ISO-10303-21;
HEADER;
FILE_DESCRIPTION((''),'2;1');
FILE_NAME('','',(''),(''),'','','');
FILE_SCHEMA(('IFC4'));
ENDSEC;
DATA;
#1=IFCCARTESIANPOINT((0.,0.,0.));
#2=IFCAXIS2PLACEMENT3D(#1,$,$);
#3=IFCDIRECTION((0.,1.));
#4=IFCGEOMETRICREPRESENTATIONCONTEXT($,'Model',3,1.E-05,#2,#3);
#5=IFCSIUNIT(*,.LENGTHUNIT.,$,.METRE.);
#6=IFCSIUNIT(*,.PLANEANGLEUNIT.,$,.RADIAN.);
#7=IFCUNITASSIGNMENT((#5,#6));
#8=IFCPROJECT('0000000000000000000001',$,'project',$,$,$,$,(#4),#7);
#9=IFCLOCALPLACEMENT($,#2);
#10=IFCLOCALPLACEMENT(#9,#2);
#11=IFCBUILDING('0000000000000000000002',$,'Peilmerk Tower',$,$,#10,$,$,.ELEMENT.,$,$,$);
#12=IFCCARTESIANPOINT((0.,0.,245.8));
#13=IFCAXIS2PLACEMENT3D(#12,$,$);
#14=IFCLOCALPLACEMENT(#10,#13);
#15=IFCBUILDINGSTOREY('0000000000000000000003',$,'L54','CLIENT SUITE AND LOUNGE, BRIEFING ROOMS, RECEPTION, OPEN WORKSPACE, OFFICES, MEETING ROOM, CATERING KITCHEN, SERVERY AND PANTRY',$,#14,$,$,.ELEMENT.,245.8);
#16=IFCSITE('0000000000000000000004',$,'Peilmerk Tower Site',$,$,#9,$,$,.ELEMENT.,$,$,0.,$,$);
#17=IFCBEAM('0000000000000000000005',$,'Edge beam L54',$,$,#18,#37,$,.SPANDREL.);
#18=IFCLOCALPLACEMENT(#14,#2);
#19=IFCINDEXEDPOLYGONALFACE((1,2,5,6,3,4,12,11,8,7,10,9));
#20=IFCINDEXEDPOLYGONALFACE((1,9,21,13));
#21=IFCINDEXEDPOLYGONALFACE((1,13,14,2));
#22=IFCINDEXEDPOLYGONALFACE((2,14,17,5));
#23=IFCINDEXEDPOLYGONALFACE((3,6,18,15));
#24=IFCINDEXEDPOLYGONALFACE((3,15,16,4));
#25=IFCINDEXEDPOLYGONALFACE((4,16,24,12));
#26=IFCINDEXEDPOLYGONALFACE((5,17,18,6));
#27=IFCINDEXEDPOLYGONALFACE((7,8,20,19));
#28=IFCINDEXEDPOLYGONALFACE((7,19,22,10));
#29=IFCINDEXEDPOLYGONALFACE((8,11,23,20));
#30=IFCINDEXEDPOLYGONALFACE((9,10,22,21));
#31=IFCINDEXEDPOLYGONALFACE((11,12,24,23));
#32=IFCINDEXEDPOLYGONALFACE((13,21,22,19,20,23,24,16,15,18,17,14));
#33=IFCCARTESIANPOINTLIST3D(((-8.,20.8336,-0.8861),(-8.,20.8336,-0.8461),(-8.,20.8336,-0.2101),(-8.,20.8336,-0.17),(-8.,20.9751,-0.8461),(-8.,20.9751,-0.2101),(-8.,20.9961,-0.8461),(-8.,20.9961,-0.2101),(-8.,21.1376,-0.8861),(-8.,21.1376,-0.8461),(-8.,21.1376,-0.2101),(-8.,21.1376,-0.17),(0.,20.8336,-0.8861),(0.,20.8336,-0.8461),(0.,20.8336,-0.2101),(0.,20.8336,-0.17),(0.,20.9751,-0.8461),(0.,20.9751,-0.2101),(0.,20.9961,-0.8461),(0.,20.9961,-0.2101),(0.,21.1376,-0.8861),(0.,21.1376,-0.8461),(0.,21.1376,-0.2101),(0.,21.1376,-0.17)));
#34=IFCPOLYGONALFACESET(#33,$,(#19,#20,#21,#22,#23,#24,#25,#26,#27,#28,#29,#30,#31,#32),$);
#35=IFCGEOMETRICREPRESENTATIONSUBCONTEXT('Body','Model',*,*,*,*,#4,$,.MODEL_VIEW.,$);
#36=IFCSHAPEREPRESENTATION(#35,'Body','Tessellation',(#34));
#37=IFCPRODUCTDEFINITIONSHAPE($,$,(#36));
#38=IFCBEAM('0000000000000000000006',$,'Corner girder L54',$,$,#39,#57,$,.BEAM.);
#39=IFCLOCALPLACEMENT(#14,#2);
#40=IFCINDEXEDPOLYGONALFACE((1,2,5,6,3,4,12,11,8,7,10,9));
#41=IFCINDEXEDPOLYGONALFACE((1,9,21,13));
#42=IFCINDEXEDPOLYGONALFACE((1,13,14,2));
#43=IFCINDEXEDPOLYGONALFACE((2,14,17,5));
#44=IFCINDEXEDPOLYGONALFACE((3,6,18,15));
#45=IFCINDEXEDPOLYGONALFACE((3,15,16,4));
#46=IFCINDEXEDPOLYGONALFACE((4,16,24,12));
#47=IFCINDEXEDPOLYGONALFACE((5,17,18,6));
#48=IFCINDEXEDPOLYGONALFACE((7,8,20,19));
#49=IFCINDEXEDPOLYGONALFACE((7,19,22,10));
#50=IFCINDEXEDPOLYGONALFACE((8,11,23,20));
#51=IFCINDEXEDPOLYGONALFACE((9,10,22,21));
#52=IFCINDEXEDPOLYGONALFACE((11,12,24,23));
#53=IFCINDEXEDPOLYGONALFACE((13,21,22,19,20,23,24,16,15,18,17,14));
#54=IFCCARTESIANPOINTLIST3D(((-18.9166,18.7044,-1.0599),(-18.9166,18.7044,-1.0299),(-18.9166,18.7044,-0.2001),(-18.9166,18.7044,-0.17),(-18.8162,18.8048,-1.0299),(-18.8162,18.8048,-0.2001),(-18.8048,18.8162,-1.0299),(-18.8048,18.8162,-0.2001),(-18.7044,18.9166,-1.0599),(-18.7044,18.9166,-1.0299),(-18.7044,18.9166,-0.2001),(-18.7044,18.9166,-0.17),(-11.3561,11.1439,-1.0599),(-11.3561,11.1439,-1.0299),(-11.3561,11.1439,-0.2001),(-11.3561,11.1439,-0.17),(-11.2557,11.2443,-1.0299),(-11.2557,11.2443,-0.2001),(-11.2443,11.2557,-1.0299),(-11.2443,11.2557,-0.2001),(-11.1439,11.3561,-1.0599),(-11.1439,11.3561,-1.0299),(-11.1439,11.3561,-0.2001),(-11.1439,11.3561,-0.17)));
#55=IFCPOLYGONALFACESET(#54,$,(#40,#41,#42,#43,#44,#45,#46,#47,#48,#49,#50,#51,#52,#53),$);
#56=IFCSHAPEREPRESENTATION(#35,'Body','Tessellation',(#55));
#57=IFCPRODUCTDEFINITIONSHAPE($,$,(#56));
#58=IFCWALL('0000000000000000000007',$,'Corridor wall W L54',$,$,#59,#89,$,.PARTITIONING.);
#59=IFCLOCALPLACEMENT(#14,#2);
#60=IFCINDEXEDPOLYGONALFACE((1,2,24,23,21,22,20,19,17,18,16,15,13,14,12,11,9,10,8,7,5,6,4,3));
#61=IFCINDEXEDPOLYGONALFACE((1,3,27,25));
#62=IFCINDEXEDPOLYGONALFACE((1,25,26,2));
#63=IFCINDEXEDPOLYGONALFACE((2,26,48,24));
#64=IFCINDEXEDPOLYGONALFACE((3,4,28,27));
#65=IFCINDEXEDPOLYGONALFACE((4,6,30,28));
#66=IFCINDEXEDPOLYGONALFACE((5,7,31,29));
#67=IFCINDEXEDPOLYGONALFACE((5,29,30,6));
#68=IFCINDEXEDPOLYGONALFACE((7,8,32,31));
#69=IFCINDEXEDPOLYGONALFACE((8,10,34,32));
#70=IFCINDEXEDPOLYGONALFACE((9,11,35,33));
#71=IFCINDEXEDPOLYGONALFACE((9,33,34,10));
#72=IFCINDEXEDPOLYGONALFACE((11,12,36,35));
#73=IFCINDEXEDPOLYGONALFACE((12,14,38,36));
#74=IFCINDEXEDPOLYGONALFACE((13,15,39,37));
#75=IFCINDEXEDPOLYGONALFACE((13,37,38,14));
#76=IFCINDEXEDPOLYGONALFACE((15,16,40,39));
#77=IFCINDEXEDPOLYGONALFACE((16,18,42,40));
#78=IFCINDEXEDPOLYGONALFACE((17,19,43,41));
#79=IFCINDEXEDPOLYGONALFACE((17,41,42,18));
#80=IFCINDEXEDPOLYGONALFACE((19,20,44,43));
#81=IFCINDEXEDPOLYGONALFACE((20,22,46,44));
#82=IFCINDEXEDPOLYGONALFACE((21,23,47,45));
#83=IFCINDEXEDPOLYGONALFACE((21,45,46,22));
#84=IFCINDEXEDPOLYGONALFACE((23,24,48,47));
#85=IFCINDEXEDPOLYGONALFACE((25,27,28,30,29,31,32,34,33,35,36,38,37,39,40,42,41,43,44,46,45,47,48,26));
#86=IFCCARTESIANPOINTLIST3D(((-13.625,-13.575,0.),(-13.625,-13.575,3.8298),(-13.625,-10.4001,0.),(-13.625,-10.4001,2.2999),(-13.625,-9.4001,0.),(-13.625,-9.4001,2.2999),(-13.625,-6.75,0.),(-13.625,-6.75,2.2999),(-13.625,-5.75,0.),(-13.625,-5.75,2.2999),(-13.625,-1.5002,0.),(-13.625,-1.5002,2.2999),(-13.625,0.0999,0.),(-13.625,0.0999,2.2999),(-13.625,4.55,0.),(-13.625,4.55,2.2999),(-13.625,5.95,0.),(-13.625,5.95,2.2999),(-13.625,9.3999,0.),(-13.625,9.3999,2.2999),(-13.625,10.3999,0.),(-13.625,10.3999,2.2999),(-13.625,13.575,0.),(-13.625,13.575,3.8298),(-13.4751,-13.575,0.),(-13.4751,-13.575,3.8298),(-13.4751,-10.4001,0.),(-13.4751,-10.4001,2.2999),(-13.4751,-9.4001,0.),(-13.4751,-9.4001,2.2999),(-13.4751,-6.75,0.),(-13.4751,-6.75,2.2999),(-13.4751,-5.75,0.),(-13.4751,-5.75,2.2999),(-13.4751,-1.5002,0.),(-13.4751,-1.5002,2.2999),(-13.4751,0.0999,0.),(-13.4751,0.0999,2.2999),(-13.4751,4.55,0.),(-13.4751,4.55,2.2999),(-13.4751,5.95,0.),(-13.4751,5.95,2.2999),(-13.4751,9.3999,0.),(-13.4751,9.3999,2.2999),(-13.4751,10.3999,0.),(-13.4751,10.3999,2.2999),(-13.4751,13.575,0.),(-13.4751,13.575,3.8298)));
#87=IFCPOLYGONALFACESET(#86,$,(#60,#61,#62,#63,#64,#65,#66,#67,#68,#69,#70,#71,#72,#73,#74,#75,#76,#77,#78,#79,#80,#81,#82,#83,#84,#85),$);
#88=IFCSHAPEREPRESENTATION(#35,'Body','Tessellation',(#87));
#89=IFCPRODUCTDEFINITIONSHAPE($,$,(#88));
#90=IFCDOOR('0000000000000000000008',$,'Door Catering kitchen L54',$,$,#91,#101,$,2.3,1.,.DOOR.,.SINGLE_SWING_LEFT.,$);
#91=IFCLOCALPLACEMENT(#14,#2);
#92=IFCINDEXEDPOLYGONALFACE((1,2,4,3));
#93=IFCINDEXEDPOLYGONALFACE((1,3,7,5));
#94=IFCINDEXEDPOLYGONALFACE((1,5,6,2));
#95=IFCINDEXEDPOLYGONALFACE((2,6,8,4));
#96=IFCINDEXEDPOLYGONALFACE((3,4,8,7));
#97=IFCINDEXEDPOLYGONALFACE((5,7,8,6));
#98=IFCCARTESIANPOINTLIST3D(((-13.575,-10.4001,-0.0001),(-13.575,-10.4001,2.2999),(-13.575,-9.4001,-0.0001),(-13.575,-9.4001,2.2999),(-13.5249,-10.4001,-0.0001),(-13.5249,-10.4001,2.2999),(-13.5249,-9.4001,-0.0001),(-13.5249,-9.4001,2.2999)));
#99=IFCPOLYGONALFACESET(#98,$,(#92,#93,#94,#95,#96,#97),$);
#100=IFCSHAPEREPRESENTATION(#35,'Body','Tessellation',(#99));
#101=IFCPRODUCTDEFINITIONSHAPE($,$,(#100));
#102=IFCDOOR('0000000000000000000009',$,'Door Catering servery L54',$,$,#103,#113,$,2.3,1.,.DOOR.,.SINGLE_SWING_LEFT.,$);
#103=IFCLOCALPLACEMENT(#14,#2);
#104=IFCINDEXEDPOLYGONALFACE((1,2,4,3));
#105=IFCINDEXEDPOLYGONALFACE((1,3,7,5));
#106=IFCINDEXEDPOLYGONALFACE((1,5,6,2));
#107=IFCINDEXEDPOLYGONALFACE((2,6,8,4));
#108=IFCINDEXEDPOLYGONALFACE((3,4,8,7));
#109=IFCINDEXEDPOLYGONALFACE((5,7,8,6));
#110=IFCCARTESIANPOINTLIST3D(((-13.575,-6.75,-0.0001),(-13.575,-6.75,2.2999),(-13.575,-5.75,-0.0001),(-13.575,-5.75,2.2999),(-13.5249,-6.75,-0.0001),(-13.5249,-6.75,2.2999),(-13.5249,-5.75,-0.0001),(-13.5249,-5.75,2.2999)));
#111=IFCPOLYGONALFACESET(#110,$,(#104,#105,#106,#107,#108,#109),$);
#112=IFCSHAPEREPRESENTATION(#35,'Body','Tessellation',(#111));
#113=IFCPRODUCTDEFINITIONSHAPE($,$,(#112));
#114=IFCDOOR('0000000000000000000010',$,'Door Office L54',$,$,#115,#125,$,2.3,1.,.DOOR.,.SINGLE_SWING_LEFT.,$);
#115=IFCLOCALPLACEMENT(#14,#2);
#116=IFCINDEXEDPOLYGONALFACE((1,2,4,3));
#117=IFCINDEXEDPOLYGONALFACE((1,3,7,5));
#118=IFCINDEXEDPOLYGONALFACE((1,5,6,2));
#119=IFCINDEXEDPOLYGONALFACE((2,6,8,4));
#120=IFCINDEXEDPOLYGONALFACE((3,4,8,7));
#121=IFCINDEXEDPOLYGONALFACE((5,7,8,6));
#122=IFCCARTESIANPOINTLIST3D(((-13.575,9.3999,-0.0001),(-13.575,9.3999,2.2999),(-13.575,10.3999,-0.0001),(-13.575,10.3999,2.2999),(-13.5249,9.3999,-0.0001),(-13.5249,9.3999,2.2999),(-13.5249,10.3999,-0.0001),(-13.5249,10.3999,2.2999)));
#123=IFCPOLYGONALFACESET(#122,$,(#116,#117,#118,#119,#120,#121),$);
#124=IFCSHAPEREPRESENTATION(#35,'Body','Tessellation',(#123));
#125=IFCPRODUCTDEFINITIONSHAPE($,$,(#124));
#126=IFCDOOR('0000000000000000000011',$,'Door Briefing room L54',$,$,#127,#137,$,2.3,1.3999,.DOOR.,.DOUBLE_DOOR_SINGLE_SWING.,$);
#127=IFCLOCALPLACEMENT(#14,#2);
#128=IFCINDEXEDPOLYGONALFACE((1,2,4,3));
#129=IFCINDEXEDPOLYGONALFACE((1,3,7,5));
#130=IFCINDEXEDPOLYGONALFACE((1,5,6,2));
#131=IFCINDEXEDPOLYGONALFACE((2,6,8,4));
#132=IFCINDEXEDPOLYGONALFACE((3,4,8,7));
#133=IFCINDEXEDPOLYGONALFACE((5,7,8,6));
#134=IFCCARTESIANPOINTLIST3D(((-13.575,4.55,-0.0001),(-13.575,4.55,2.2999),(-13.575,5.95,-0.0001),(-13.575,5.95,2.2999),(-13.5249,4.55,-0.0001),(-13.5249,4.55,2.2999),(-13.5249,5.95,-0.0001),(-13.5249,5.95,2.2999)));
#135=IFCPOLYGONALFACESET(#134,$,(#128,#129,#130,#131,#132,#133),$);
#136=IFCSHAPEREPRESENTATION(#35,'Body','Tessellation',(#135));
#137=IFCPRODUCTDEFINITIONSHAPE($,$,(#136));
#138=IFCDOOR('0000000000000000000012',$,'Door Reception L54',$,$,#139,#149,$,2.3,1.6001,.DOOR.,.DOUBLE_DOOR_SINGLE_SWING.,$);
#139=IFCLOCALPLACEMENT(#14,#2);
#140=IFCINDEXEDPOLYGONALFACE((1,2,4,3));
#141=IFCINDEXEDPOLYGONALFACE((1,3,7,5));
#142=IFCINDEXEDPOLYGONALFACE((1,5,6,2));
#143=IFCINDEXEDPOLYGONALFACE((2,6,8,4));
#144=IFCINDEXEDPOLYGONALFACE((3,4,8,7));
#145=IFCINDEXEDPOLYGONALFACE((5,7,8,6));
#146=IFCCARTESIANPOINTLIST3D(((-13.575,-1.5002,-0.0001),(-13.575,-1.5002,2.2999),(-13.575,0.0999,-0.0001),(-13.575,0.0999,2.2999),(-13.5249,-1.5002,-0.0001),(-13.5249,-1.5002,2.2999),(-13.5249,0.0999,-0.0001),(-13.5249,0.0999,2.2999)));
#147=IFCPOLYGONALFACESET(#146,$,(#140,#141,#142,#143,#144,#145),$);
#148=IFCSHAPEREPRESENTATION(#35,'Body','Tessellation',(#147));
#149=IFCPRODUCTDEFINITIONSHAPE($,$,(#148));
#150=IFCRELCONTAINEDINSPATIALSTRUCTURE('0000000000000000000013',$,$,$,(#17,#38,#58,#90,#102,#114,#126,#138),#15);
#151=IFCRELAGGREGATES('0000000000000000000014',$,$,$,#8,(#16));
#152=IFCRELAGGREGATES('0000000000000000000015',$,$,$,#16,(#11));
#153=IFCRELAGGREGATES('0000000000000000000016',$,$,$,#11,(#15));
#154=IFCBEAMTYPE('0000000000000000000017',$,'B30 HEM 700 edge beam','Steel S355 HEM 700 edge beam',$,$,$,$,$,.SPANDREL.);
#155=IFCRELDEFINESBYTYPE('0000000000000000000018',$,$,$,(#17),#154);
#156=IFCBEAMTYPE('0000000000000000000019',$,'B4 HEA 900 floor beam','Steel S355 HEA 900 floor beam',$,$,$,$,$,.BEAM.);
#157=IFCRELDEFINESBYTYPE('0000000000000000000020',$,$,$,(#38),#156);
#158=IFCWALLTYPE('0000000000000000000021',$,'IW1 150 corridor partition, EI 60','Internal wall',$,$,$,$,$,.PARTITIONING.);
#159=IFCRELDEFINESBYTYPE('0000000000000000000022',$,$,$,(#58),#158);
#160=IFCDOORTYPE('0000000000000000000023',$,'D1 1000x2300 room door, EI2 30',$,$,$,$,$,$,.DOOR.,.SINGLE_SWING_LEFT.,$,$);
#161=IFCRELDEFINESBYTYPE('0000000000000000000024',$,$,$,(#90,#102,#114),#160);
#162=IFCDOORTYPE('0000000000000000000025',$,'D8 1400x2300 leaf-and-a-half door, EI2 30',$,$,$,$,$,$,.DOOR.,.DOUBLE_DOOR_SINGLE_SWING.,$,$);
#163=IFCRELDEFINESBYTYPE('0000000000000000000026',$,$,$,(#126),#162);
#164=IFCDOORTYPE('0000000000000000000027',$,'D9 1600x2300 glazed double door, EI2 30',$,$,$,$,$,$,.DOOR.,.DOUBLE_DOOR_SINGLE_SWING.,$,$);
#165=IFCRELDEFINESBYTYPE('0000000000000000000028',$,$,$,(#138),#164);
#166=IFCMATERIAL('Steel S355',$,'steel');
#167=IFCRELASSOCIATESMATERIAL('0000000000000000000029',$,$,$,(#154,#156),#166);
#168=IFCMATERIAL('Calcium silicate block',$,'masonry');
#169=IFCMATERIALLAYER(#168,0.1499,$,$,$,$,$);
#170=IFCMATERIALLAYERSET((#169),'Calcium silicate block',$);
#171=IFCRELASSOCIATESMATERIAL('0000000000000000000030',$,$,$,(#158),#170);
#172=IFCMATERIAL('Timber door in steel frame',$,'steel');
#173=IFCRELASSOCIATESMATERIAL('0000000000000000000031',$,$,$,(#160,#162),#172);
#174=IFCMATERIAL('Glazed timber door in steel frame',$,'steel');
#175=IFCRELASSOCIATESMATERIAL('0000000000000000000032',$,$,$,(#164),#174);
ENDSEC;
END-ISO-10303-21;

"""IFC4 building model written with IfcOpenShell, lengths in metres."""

from ifc_helpers import new_model, si_unit, direction, frame, frame_2d, origin, origin_2d, place, context, subcontext, project, spatial, rectangle, i_section, extrude, material, layer, layer_set, material_profile, profile_set, type_object, element, fill, save


model = new_model("IFC4")

# Units and contexts
model_context = context("Model", 3, precision=1e-05, world=origin(), true_north=direction((0.0, 1.0)))
body_context = subcontext(model_context, "Body", "Model", "MODEL_VIEW")
ifc_project = project(units=[si_unit("LENGTHUNIT", "METRE"), si_unit("PLANEANGLEUNIT", "RADIAN")], contexts=[model_context])

# Site, building, storey
site_placement = place(None, origin())
site = spatial("IfcSite", under=ifc_project, at=site_placement, Name="Peilmerk Tower Site", CompositionType="ELEMENT", RefElevation=0.0)
building_placement = place(site_placement, origin())
building = spatial("IfcBuilding", under=site, at=building_placement, Name="Peilmerk Tower", CompositionType="ELEMENT")
storey_placement = place(building_placement, frame((0.0, 0.0, 245.8)))
storey = spatial("IfcBuildingStorey", under=building, at=storey_placement, Name="L54", Description="CLIENT SUITE AND LOUNGE, BRIEFING ROOMS, RECEPTION, OPEN WORKSPACE, OFFICES, MEETING ROOM, CATERING KITCHEN, SERVERY AND PANTRY", CompositionType="ELEMENT", Elevation=245.8)

# Beams
ifc_material_1 = material(Name="Steel S355", Category="steel")
ifc_material_profile_1 = material_profile(ifc_material_1, i_section(OverallWidth=0.304, OverallDepth=0.7161, WebThickness=0.021, FlangeThickness=0.04, at=origin_2d()), Name="HEM 700")
ifc_profile_set_1 = profile_set([ifc_material_profile_1], Name="Steel S355")
beam_type_1 = type_object("IfcBeamType", Name="B30 HEM 700 edge beam", Description="Steel S355 HEM 700 edge beam", PredefinedType="SPANDREL", material=ifc_profile_set_1)
beam_1_placement = place(storey_placement, frame((0.0, 20.9856, -0.5281), z_axis=(-1.0, 0.0, 0.0), x_axis=(0.0, -1.0, 0.0)))
element("IfcBeam", 1, at=beam_1_placement, inside=storey, type_object=beam_type_1, Name="Edge beam L54", PredefinedType="SPANDREL", context=body_context, shape_type="SweptSolid", body=[
    extrude(i_section(OverallWidth=0.304, OverallDepth=0.7161, WebThickness=0.021, FlangeThickness=0.04, at=origin_2d()), origin(), (0.0, 0.0, 1.0), 8.0),
])
ifc_material_profile_2 = material_profile(ifc_material_1, i_section(OverallWidth=0.3, OverallDepth=0.8899, WebThickness=0.0161, FlangeThickness=0.03, at=origin_2d()), Name="HEA 900")
ifc_profile_set_2 = profile_set([ifc_material_profile_2], Name="Steel S355")
beam_type_2 = type_object("IfcBeamType", Name="B4 HEA 900 floor beam", Description="Steel S355 HEA 900 floor beam", PredefinedType="BEAM", material=ifc_profile_set_2)
beam_2_placement = place(storey_placement, frame((-11.25, 11.25, -0.615), z_axis=(-0.707107, 0.707107, 0.0), x_axis=(-0.707107, -0.707107, 0.0)))
element("IfcBeam", 2, at=beam_2_placement, inside=storey, type_object=beam_type_2, Name="Corner girder L54", PredefinedType="BEAM", context=body_context, shape_type="SweptSolid", body=[
    extrude(i_section(OverallWidth=0.3, OverallDepth=0.8899, WebThickness=0.0161, FlangeThickness=0.03, at=origin_2d()), origin(), (0.0, 0.0, 1.0), 10.6921),
])

# Wall, openings, doors
ifc_material_2 = material(Name="Calcium silicate block", Category="masonry")
ifc_layer_1 = layer(ifc_material_2, 0.1499)
ifc_layer_set_1 = layer_set([ifc_layer_1], Name="Calcium silicate block")
wall_type_1 = type_object("IfcWallType", Name="IW1 150 corridor partition, EI 60", Description="Internal wall", PredefinedType="PARTITIONING", material=ifc_layer_set_1)
wall_1_placement = place(storey_placement, frame((-13.55, 13.575, 0.0), z_axis=(0.0, 0.0, 1.0), x_axis=(0.0, -1.0, 0.0)))
wall_1 = element("IfcWall", 3, at=wall_1_placement, inside=storey, type_object=wall_type_1, Name="Corridor wall W L54", PredefinedType="PARTITIONING", context=body_context, shape_type="SweptSolid", body=[
    extrude(rectangle(XDim=27.1499, YDim=0.1499, at=frame_2d((13.575, 0.0))), origin(), (0.0, 0.0, 1.0), 3.8298),
])
opening_1_placement = place(wall_1_placement, frame((22.9751, 0.0, 0.0)))
opening_1 = element("IfcOpeningElement", 4, at=opening_1_placement, cuts=wall_1, PredefinedType="OPENING", context=body_context, shape_type="SweptSolid", body=[
    extrude(rectangle(XDim=1.0, YDim=2.3, at=frame_2d((0.5, 1.1499))), frame((0.0, 0.085, 0.0), z_axis=(0.0, -1.0, 0.0), x_axis=(1.0, 0.0, 0.0)), (0.0, 0.0, 1.0), 0.1699),
])
opening_2_placement = place(wall_1_placement, frame((19.325, 0.0, 0.0)))
opening_2 = element("IfcOpeningElement", 5, at=opening_2_placement, cuts=wall_1, PredefinedType="OPENING", context=body_context, shape_type="SweptSolid", body=[
    extrude(rectangle(XDim=1.0, YDim=2.3, at=frame_2d((0.5, 1.1499))), frame((0.0, 0.085, 0.0), z_axis=(0.0, -1.0, 0.0), x_axis=(1.0, 0.0, 0.0)), (0.0, 0.0, 1.0), 0.1699),
])
opening_3_placement = place(wall_1_placement, frame((13.4751, 0.0, 0.0)))
opening_3 = element("IfcOpeningElement", 6, at=opening_3_placement, cuts=wall_1, PredefinedType="OPENING", context=body_context, shape_type="SweptSolid", body=[
    extrude(rectangle(XDim=1.6001, YDim=2.3, at=frame_2d((0.8, 1.1499))), frame((0.0, 0.085, 0.0), z_axis=(0.0, -1.0, 0.0), x_axis=(1.0, 0.0, 0.0)), (0.0, 0.0, 1.0), 0.1699),
])
opening_4_placement = place(wall_1_placement, frame((3.175, 0.0, 0.0)))
opening_4 = element("IfcOpeningElement", 7, at=opening_4_placement, cuts=wall_1, PredefinedType="OPENING", context=body_context, shape_type="SweptSolid", body=[
    extrude(rectangle(XDim=1.0, YDim=2.3, at=frame_2d((0.5, 1.1499))), frame((0.0, 0.085, 0.0), z_axis=(0.0, -1.0, 0.0), x_axis=(1.0, 0.0, 0.0)), (0.0, 0.0, 1.0), 0.1699),
])
opening_5_placement = place(wall_1_placement, frame((7.625, 0.0, 0.0)))
opening_5 = element("IfcOpeningElement", 8, at=opening_5_placement, cuts=wall_1, PredefinedType="OPENING", context=body_context, shape_type="SweptSolid", body=[
    extrude(rectangle(XDim=1.3999, YDim=2.3, at=frame_2d((0.7, 1.1499))), frame((0.0, 0.085, 0.0), z_axis=(0.0, -1.0, 0.0), x_axis=(1.0, 0.0, 0.0)), (0.0, 0.0, 1.0), 0.1699),
])
ifc_material_3 = material(Name="Timber door in steel frame", Category="steel")
door_type_1 = type_object("IfcDoorType", Name="D1 1000x2300 room door, EI2 30", OperationType="SINGLE_SWING_LEFT", PredefinedType="DOOR", material=ifc_material_3)
door_1_placement = place(opening_1_placement, frame((1.0, 0.0, 0.0), z_axis=(0.0, 0.0, 1.0), x_axis=(-1.0, 0.0, 0.0)))
door_1 = element("IfcDoor", 9, at=door_1_placement, inside=storey, type_object=door_type_1, Name="Door Catering kitchen L54", OperationType="SINGLE_SWING_LEFT", OverallHeight=2.3, OverallWidth=1.0, PredefinedType="DOOR", context=body_context, shape_type="SweptSolid", body=[
    extrude(rectangle(XDim=1.0, YDim=2.3, at=frame_2d((0.5, 1.1499))), frame((0.0, 0.0249, 0.0), z_axis=(0.0, -1.0, 0.0), x_axis=(1.0, 0.0, 0.0)), (0.0, 0.0, 1.0), 0.05),
])
fill(opening_1, door_1)
door_2_placement = place(opening_2_placement, frame((1.0, 0.0, 0.0), z_axis=(0.0, 0.0, 1.0), x_axis=(-1.0, 0.0, 0.0)))
door_2 = element("IfcDoor", 10, at=door_2_placement, inside=storey, type_object=door_type_1, Name="Door Catering servery L54", OperationType="SINGLE_SWING_LEFT", OverallHeight=2.3, OverallWidth=1.0, PredefinedType="DOOR", context=body_context, shape_type="SweptSolid", body=[
    extrude(rectangle(XDim=1.0, YDim=2.3, at=frame_2d((0.5, 1.1499))), frame((0.0, 0.0249, 0.0), z_axis=(0.0, -1.0, 0.0), x_axis=(1.0, 0.0, 0.0)), (0.0, 0.0, 1.0), 0.05),
])
fill(opening_2, door_2)
door_3_placement = place(opening_4_placement, frame((1.0, 0.0, 0.0), z_axis=(0.0, 0.0, 1.0), x_axis=(-1.0, 0.0, 0.0)))
door_3 = element("IfcDoor", 11, at=door_3_placement, inside=storey, type_object=door_type_1, Name="Door Office L54", OperationType="SINGLE_SWING_LEFT", OverallHeight=2.3, OverallWidth=1.0, PredefinedType="DOOR", context=body_context, shape_type="SweptSolid", body=[
    extrude(rectangle(XDim=1.0, YDim=2.3, at=frame_2d((0.5, 1.1499))), frame((0.0, 0.0249, 0.0), z_axis=(0.0, -1.0, 0.0), x_axis=(1.0, 0.0, 0.0)), (0.0, 0.0, 1.0), 0.05),
])
fill(opening_4, door_3)
door_type_2 = type_object("IfcDoorType", Name="D8 1400x2300 leaf-and-a-half door, EI2 30", OperationType="DOUBLE_DOOR_SINGLE_SWING", PredefinedType="DOOR", material=ifc_material_3)
door_4_placement = place(opening_5_placement, frame((1.3999, 0.0, 0.0), z_axis=(0.0, 0.0, 1.0), x_axis=(-1.0, 0.0, 0.0)))
door_4 = element("IfcDoor", 12, at=door_4_placement, inside=storey, type_object=door_type_2, Name="Door Briefing room L54", OperationType="DOUBLE_DOOR_SINGLE_SWING", OverallHeight=2.3, OverallWidth=1.3999, PredefinedType="DOOR", context=body_context, shape_type="SweptSolid", body=[
    extrude(rectangle(XDim=1.3999, YDim=2.3, at=frame_2d((0.7, 1.1499))), frame((0.0, 0.0249, 0.0), z_axis=(0.0, -1.0, 0.0), x_axis=(1.0, 0.0, 0.0)), (0.0, 0.0, 1.0), 0.05),
])
fill(opening_5, door_4)
ifc_material_4 = material(Name="Glazed timber door in steel frame", Category="steel")
door_type_3 = type_object("IfcDoorType", Name="D9 1600x2300 glazed double door, EI2 30", OperationType="DOUBLE_DOOR_SINGLE_SWING", PredefinedType="DOOR", material=ifc_material_4)
door_5_placement = place(opening_3_placement, frame((1.6001, 0.0, 0.0), z_axis=(0.0, 0.0, 1.0), x_axis=(-1.0, 0.0, 0.0)))
door_5 = element("IfcDoor", 13, at=door_5_placement, inside=storey, type_object=door_type_3, Name="Door Reception L54", OperationType="DOUBLE_DOOR_SINGLE_SWING", OverallHeight=2.3, OverallWidth=1.6001, PredefinedType="DOOR", context=body_context, shape_type="SweptSolid", body=[
    extrude(rectangle(XDim=1.6001, YDim=2.3, at=frame_2d((0.8, 1.1499))), frame((0.0, 0.0249, 0.0), z_axis=(0.0, -1.0, 0.0), x_axis=(1.0, 0.0, 0.0)), (0.0, 0.0, 1.0), 0.05),
])
fill(opening_3, door_5)

save(model, "model.ifc")
